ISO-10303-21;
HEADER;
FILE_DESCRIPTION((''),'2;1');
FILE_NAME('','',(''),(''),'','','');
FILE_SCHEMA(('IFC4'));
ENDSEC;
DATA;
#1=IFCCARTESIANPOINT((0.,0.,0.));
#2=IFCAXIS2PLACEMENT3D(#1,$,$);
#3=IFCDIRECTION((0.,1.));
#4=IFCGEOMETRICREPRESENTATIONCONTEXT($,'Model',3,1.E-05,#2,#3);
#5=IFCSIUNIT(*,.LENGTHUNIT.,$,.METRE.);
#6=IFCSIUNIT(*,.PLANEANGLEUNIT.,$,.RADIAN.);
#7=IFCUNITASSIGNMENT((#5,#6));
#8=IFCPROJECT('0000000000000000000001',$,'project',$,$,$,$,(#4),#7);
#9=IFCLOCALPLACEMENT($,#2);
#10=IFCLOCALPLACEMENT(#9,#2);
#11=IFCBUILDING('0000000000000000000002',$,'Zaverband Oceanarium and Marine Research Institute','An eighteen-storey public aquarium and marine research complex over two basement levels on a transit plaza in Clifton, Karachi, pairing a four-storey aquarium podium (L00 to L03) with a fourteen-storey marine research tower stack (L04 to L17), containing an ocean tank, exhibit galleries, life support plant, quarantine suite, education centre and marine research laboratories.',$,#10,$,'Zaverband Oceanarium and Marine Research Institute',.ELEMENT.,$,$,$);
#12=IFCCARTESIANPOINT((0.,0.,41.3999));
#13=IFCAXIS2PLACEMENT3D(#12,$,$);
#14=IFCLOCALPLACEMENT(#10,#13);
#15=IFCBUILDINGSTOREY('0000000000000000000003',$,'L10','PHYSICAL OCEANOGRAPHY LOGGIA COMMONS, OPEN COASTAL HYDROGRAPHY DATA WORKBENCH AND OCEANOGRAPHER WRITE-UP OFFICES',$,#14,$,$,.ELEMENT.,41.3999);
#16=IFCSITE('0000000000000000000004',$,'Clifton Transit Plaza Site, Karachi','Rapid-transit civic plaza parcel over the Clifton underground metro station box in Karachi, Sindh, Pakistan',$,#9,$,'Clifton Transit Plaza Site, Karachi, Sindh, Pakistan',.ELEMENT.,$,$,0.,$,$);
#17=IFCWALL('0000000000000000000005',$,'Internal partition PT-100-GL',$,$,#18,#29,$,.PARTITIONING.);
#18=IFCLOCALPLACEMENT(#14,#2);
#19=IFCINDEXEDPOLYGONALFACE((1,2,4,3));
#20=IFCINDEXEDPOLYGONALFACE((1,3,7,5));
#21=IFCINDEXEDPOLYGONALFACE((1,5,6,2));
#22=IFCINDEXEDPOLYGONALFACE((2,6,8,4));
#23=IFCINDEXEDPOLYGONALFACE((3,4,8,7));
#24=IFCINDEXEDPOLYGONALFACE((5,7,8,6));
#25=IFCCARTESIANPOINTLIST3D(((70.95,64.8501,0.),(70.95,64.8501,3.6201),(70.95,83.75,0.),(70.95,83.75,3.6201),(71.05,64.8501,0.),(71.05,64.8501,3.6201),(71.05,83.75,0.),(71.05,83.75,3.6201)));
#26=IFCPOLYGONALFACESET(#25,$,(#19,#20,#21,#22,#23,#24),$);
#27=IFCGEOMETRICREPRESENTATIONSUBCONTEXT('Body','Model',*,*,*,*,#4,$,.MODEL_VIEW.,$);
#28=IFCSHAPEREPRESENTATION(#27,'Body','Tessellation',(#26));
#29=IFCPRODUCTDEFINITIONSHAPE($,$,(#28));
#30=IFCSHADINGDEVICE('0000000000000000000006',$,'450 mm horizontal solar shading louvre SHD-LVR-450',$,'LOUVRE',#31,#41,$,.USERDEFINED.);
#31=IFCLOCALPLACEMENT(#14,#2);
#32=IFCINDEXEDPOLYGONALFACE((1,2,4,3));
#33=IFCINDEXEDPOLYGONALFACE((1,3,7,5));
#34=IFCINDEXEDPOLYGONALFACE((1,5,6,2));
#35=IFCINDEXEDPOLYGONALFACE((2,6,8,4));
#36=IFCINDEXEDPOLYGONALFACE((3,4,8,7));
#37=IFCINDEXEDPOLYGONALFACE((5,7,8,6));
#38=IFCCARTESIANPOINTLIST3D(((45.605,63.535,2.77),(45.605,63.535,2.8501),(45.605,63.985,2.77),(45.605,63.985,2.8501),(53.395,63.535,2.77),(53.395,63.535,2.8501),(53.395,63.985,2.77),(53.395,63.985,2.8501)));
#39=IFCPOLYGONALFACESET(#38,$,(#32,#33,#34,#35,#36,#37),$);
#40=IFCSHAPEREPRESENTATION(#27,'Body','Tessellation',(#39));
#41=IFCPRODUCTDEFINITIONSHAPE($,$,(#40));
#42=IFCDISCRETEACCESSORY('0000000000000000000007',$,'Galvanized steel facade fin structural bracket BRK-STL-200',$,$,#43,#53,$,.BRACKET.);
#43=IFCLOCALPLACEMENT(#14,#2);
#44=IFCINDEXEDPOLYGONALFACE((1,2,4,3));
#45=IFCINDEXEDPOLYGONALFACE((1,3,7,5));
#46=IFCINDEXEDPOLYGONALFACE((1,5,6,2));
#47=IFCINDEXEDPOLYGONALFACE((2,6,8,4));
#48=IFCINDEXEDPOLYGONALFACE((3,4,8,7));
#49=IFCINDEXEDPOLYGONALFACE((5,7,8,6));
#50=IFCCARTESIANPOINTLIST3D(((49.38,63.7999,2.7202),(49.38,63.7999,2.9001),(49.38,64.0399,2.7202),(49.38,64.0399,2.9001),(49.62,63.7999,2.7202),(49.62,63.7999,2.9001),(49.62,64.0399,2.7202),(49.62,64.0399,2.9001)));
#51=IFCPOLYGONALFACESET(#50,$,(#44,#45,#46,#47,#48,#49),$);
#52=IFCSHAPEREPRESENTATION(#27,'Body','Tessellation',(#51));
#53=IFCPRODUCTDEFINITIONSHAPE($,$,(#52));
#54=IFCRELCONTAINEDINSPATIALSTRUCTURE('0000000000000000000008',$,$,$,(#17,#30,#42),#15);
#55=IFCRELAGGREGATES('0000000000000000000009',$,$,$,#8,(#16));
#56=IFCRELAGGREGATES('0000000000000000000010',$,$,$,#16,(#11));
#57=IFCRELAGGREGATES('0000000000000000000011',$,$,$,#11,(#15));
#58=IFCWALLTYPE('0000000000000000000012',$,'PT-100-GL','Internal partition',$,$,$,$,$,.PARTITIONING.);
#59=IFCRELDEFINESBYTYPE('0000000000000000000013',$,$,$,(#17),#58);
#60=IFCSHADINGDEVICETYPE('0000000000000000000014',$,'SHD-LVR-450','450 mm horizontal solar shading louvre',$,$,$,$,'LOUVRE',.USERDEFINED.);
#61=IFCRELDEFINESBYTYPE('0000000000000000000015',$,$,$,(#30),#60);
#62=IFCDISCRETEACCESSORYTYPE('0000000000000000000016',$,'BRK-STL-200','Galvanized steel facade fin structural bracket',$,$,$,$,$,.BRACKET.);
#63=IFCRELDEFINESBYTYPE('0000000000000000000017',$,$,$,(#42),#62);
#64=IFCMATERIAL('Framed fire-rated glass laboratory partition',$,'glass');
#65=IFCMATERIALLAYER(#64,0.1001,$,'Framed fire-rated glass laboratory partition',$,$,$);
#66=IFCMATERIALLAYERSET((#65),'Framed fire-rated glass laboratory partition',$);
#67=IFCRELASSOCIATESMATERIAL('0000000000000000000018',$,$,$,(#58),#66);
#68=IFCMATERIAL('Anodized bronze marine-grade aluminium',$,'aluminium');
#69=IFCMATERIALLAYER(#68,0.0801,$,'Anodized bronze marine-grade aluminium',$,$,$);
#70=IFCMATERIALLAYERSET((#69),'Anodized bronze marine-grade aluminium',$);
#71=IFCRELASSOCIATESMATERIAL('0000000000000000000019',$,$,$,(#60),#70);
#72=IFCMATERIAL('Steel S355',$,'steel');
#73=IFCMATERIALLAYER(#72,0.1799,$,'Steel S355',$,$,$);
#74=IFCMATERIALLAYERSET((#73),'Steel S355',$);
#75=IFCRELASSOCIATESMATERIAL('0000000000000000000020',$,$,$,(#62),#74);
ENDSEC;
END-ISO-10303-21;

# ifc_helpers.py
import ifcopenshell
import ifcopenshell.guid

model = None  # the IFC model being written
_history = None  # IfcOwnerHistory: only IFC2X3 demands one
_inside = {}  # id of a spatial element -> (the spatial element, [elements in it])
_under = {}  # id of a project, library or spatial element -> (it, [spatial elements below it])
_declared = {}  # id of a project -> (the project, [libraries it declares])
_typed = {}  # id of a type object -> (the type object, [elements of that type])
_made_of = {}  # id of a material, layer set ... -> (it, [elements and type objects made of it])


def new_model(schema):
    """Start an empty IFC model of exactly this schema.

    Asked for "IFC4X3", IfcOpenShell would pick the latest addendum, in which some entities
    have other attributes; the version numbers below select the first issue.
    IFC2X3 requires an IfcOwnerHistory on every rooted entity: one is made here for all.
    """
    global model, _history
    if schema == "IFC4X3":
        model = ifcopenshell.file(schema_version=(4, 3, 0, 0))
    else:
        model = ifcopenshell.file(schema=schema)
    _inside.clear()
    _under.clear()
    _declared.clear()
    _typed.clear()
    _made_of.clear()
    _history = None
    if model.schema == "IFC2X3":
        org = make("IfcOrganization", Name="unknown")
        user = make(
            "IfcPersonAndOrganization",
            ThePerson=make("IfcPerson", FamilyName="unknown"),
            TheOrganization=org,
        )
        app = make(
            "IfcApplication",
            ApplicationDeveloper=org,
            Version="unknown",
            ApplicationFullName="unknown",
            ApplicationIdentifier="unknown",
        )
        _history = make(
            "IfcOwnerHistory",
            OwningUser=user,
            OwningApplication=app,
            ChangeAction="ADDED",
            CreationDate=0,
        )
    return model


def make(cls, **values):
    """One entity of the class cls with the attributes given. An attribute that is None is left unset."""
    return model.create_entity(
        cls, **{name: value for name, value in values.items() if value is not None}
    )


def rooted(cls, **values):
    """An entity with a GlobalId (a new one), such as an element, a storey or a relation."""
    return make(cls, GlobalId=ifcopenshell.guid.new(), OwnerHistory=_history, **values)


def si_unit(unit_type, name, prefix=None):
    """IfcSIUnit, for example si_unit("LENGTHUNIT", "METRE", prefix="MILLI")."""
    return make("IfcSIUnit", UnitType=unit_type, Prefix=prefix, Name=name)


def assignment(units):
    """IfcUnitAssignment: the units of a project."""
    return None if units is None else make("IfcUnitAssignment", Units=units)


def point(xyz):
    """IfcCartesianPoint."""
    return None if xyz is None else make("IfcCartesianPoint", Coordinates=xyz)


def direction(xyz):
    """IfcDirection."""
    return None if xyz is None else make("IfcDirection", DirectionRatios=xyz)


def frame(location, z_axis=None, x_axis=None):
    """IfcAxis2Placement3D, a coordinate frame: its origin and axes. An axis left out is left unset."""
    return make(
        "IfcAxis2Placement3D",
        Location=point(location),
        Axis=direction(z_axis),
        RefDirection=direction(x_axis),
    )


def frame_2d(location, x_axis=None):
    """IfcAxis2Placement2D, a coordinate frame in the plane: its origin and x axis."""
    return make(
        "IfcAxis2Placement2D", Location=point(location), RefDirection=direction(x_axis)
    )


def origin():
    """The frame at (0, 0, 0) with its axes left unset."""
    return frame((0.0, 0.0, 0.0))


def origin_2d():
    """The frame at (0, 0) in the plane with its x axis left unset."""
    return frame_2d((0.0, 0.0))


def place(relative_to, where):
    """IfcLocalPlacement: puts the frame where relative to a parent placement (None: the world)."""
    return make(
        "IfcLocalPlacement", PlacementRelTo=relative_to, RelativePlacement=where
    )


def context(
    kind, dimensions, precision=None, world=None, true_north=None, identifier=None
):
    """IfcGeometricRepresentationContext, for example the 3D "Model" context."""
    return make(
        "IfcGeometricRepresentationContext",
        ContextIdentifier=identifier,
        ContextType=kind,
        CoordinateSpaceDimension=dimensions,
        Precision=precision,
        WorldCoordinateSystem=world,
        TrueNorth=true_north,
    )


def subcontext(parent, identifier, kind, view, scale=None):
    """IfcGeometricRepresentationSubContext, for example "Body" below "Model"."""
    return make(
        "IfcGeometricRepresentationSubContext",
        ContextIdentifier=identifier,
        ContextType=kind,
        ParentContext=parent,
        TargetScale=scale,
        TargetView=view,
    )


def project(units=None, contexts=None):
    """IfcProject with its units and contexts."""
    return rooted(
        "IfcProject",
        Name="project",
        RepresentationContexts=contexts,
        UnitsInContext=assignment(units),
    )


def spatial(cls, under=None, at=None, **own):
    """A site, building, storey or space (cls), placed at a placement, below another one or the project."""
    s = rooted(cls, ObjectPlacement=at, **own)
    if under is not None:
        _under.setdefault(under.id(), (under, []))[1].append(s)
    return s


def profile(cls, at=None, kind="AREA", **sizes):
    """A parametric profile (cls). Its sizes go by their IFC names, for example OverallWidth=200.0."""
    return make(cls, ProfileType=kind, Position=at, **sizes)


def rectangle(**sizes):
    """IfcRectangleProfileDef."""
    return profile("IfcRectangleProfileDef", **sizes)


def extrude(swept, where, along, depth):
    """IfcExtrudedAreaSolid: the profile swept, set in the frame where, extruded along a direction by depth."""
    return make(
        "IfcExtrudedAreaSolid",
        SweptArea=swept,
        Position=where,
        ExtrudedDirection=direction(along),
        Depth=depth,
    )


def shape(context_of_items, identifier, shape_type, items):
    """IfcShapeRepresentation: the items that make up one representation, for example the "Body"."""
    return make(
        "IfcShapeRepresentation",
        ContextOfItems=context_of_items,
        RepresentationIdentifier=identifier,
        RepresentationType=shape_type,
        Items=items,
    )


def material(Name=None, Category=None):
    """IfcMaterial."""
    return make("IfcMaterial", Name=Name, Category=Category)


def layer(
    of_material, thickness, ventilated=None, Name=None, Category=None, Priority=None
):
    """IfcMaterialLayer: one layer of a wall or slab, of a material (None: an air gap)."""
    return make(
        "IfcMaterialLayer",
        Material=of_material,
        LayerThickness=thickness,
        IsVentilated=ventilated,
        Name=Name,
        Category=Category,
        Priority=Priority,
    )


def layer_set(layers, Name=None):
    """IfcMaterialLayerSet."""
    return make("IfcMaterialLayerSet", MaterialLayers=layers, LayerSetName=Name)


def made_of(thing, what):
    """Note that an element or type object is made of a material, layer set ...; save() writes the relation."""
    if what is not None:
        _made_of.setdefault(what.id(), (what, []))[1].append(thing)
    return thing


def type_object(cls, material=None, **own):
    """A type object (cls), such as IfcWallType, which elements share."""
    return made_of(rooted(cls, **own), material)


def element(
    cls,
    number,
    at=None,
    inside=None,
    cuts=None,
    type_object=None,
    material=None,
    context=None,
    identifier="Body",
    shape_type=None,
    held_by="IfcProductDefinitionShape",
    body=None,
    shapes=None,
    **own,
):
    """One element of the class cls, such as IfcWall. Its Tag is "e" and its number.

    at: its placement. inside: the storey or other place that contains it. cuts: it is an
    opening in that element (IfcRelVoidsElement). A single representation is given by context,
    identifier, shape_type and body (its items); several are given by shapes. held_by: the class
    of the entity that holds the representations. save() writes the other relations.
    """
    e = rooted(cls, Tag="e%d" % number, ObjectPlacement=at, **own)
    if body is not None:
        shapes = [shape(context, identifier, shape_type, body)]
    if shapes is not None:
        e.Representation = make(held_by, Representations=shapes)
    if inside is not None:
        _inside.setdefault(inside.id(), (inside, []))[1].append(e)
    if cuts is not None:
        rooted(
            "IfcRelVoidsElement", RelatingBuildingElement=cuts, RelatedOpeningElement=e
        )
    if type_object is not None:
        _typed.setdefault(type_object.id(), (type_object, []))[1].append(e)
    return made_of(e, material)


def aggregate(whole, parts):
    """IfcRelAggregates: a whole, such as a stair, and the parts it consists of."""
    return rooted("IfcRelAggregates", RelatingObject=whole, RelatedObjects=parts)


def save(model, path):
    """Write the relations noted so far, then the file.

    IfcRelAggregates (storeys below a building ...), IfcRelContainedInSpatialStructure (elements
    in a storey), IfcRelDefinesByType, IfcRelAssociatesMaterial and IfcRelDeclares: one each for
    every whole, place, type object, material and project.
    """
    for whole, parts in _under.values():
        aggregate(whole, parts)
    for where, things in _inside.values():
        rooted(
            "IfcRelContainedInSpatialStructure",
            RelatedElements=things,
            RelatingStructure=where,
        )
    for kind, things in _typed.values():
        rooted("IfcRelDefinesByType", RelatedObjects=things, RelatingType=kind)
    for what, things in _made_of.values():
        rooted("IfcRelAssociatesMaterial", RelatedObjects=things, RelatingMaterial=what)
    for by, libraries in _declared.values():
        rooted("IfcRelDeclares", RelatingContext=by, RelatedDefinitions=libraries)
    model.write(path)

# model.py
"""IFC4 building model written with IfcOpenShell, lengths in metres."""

from ifc_helpers import new_model, si_unit, direction, frame, frame_2d, origin, origin_2d, place, context, subcontext, project, spatial, rectangle, extrude, material, layer, layer_set, type_object, element, save


model = new_model("IFC4")

# Units and contexts
model_context = context("Model", 3, precision=1e-05, world=origin(), true_north=direction((0.0, 1.0)))
body_context = subcontext(model_context, "Body", "Model", "MODEL_VIEW")
ifc_project = project(units=[si_unit("LENGTHUNIT", "METRE"), si_unit("PLANEANGLEUNIT", "RADIAN")], contexts=[model_context])

# Site, building, storey
site_placement = place(None, origin())
site = spatial("IfcSite", under=ifc_project, at=site_placement, Name="Clifton Transit Plaza Site, Karachi", Description="Rapid-transit civic plaza parcel over the Clifton underground metro station box in Karachi, Sindh, Pakistan", LongName="Clifton Transit Plaza Site, Karachi, Sindh, Pakistan", CompositionType="ELEMENT", RefElevation=0.0)
building_placement = place(site_placement, origin())
building = spatial("IfcBuilding", under=site, at=building_placement, Name="Zaverband Oceanarium and Marine Research Institute", Description="An eighteen-storey public aquarium and marine research complex over two basement levels on a transit plaza in Clifton, Karachi, pairing a four-storey aquarium podium (L00 to L03) with a fourteen-storey marine research tower stack (L04 to L17), containing an ocean tank, exhibit galleries, life support plant, quarantine suite, education centre and marine research laboratories.", LongName="Zaverband Oceanarium and Marine Research Institute", CompositionType="ELEMENT")
storey_placement = place(building_placement, frame((0.0, 0.0, 41.3999)))
storey = spatial("IfcBuildingStorey", under=building, at=storey_placement, Name="L10", Description="PHYSICAL OCEANOGRAPHY LOGGIA COMMONS, OPEN COASTAL HYDROGRAPHY DATA WORKBENCH AND OCEANOGRAPHER WRITE-UP OFFICES", CompositionType="ELEMENT", Elevation=41.3999)

# Wall
ifc_material_1 = material(Name="Framed fire-rated glass laboratory partition", Category="glass")
ifc_layer_1 = layer(ifc_material_1, 0.1001, Name="Framed fire-rated glass laboratory partition")
ifc_layer_set_1 = layer_set([ifc_layer_1], Name="Framed fire-rated glass laboratory partition")
wall_type_1 = type_object("IfcWallType", Name="PT-100-GL", Description="Internal partition", PredefinedType="PARTITIONING", material=ifc_layer_set_1)
wall_1_placement = place(storey_placement, frame((71.0, 64.8501, 0.0), z_axis=(0.0, 0.0, 1.0), x_axis=(0.0, 1.0, 0.0)))
element("IfcWall", 1, at=wall_1_placement, inside=storey, type_object=wall_type_1, Name="Internal partition PT-100-GL", PredefinedType="PARTITIONING", context=body_context, shape_type="SweptSolid", body=[
    extrude(rectangle(XDim=18.8999, YDim=0.1001, at=frame_2d((9.45, 0.0))), origin(), (0.0, 0.0, 1.0), 3.6201),
])

# Shading device
ifc_material_2 = material(Name="Anodized bronze marine-grade aluminium", Category="aluminium")
ifc_layer_2 = layer(ifc_material_2, 0.0801, Name="Anodized bronze marine-grade aluminium")
ifc_layer_set_2 = layer_set([ifc_layer_2], Name="Anodized bronze marine-grade aluminium")
shading_device_type = type_object("IfcShadingDeviceType", Name="SHD-LVR-450", Description="450 mm horizontal solar shading louvre", ElementType="LOUVRE", PredefinedType="USERDEFINED", material=ifc_layer_set_2)
shading_device_placement = place(storey_placement, frame((45.605, 63.76, 2.77), z_axis=(0.0, 0.0, 1.0), x_axis=(1.0, 0.0, 0.0)))
element("IfcShadingDevice", 2, at=shading_device_placement, inside=storey, type_object=shading_device_type, Name="450 mm horizontal solar shading louvre SHD-LVR-450", ObjectType="LOUVRE", PredefinedType="USERDEFINED", context=body_context, shape_type="SweptSolid", body=[
    extrude(rectangle(XDim=7.79, YDim=0.45, at=frame_2d((3.895, 0.0))), origin(), (0.0, 0.0, 1.0), 0.0801),
])

# Discrete accessory
ifc_material_3 = material(Name="Steel S355", Category="steel")
ifc_layer_3 = layer(ifc_material_3, 0.1799, Name="Steel S355")
ifc_layer_set_3 = layer_set([ifc_layer_3], Name="Steel S355")
discrete_accessory_type = type_object("IfcDiscreteAccessoryType", Name="BRK-STL-200", Description="Galvanized steel facade fin structural bracket", PredefinedType="BRACKET", material=ifc_layer_set_3)
discrete_accessory_placement = place(storey_placement, frame((49.5, 63.9199, 2.7202), z_axis=(0.0, 0.0, 1.0), x_axis=(1.0, 0.0, 0.0)))
element("IfcDiscreteAccessory", 3, at=discrete_accessory_placement, inside=storey, type_object=discrete_accessory_type, Name="Galvanized steel facade fin structural bracket BRK-STL-200", PredefinedType="BRACKET", context=body_context, shape_type="SweptSolid", body=[
    extrude(rectangle(XDim=0.24, YDim=0.24, at=origin_2d()), origin(), (0.0, 0.0, 1.0), 0.1799),
])

save(model, "model.ifc")
